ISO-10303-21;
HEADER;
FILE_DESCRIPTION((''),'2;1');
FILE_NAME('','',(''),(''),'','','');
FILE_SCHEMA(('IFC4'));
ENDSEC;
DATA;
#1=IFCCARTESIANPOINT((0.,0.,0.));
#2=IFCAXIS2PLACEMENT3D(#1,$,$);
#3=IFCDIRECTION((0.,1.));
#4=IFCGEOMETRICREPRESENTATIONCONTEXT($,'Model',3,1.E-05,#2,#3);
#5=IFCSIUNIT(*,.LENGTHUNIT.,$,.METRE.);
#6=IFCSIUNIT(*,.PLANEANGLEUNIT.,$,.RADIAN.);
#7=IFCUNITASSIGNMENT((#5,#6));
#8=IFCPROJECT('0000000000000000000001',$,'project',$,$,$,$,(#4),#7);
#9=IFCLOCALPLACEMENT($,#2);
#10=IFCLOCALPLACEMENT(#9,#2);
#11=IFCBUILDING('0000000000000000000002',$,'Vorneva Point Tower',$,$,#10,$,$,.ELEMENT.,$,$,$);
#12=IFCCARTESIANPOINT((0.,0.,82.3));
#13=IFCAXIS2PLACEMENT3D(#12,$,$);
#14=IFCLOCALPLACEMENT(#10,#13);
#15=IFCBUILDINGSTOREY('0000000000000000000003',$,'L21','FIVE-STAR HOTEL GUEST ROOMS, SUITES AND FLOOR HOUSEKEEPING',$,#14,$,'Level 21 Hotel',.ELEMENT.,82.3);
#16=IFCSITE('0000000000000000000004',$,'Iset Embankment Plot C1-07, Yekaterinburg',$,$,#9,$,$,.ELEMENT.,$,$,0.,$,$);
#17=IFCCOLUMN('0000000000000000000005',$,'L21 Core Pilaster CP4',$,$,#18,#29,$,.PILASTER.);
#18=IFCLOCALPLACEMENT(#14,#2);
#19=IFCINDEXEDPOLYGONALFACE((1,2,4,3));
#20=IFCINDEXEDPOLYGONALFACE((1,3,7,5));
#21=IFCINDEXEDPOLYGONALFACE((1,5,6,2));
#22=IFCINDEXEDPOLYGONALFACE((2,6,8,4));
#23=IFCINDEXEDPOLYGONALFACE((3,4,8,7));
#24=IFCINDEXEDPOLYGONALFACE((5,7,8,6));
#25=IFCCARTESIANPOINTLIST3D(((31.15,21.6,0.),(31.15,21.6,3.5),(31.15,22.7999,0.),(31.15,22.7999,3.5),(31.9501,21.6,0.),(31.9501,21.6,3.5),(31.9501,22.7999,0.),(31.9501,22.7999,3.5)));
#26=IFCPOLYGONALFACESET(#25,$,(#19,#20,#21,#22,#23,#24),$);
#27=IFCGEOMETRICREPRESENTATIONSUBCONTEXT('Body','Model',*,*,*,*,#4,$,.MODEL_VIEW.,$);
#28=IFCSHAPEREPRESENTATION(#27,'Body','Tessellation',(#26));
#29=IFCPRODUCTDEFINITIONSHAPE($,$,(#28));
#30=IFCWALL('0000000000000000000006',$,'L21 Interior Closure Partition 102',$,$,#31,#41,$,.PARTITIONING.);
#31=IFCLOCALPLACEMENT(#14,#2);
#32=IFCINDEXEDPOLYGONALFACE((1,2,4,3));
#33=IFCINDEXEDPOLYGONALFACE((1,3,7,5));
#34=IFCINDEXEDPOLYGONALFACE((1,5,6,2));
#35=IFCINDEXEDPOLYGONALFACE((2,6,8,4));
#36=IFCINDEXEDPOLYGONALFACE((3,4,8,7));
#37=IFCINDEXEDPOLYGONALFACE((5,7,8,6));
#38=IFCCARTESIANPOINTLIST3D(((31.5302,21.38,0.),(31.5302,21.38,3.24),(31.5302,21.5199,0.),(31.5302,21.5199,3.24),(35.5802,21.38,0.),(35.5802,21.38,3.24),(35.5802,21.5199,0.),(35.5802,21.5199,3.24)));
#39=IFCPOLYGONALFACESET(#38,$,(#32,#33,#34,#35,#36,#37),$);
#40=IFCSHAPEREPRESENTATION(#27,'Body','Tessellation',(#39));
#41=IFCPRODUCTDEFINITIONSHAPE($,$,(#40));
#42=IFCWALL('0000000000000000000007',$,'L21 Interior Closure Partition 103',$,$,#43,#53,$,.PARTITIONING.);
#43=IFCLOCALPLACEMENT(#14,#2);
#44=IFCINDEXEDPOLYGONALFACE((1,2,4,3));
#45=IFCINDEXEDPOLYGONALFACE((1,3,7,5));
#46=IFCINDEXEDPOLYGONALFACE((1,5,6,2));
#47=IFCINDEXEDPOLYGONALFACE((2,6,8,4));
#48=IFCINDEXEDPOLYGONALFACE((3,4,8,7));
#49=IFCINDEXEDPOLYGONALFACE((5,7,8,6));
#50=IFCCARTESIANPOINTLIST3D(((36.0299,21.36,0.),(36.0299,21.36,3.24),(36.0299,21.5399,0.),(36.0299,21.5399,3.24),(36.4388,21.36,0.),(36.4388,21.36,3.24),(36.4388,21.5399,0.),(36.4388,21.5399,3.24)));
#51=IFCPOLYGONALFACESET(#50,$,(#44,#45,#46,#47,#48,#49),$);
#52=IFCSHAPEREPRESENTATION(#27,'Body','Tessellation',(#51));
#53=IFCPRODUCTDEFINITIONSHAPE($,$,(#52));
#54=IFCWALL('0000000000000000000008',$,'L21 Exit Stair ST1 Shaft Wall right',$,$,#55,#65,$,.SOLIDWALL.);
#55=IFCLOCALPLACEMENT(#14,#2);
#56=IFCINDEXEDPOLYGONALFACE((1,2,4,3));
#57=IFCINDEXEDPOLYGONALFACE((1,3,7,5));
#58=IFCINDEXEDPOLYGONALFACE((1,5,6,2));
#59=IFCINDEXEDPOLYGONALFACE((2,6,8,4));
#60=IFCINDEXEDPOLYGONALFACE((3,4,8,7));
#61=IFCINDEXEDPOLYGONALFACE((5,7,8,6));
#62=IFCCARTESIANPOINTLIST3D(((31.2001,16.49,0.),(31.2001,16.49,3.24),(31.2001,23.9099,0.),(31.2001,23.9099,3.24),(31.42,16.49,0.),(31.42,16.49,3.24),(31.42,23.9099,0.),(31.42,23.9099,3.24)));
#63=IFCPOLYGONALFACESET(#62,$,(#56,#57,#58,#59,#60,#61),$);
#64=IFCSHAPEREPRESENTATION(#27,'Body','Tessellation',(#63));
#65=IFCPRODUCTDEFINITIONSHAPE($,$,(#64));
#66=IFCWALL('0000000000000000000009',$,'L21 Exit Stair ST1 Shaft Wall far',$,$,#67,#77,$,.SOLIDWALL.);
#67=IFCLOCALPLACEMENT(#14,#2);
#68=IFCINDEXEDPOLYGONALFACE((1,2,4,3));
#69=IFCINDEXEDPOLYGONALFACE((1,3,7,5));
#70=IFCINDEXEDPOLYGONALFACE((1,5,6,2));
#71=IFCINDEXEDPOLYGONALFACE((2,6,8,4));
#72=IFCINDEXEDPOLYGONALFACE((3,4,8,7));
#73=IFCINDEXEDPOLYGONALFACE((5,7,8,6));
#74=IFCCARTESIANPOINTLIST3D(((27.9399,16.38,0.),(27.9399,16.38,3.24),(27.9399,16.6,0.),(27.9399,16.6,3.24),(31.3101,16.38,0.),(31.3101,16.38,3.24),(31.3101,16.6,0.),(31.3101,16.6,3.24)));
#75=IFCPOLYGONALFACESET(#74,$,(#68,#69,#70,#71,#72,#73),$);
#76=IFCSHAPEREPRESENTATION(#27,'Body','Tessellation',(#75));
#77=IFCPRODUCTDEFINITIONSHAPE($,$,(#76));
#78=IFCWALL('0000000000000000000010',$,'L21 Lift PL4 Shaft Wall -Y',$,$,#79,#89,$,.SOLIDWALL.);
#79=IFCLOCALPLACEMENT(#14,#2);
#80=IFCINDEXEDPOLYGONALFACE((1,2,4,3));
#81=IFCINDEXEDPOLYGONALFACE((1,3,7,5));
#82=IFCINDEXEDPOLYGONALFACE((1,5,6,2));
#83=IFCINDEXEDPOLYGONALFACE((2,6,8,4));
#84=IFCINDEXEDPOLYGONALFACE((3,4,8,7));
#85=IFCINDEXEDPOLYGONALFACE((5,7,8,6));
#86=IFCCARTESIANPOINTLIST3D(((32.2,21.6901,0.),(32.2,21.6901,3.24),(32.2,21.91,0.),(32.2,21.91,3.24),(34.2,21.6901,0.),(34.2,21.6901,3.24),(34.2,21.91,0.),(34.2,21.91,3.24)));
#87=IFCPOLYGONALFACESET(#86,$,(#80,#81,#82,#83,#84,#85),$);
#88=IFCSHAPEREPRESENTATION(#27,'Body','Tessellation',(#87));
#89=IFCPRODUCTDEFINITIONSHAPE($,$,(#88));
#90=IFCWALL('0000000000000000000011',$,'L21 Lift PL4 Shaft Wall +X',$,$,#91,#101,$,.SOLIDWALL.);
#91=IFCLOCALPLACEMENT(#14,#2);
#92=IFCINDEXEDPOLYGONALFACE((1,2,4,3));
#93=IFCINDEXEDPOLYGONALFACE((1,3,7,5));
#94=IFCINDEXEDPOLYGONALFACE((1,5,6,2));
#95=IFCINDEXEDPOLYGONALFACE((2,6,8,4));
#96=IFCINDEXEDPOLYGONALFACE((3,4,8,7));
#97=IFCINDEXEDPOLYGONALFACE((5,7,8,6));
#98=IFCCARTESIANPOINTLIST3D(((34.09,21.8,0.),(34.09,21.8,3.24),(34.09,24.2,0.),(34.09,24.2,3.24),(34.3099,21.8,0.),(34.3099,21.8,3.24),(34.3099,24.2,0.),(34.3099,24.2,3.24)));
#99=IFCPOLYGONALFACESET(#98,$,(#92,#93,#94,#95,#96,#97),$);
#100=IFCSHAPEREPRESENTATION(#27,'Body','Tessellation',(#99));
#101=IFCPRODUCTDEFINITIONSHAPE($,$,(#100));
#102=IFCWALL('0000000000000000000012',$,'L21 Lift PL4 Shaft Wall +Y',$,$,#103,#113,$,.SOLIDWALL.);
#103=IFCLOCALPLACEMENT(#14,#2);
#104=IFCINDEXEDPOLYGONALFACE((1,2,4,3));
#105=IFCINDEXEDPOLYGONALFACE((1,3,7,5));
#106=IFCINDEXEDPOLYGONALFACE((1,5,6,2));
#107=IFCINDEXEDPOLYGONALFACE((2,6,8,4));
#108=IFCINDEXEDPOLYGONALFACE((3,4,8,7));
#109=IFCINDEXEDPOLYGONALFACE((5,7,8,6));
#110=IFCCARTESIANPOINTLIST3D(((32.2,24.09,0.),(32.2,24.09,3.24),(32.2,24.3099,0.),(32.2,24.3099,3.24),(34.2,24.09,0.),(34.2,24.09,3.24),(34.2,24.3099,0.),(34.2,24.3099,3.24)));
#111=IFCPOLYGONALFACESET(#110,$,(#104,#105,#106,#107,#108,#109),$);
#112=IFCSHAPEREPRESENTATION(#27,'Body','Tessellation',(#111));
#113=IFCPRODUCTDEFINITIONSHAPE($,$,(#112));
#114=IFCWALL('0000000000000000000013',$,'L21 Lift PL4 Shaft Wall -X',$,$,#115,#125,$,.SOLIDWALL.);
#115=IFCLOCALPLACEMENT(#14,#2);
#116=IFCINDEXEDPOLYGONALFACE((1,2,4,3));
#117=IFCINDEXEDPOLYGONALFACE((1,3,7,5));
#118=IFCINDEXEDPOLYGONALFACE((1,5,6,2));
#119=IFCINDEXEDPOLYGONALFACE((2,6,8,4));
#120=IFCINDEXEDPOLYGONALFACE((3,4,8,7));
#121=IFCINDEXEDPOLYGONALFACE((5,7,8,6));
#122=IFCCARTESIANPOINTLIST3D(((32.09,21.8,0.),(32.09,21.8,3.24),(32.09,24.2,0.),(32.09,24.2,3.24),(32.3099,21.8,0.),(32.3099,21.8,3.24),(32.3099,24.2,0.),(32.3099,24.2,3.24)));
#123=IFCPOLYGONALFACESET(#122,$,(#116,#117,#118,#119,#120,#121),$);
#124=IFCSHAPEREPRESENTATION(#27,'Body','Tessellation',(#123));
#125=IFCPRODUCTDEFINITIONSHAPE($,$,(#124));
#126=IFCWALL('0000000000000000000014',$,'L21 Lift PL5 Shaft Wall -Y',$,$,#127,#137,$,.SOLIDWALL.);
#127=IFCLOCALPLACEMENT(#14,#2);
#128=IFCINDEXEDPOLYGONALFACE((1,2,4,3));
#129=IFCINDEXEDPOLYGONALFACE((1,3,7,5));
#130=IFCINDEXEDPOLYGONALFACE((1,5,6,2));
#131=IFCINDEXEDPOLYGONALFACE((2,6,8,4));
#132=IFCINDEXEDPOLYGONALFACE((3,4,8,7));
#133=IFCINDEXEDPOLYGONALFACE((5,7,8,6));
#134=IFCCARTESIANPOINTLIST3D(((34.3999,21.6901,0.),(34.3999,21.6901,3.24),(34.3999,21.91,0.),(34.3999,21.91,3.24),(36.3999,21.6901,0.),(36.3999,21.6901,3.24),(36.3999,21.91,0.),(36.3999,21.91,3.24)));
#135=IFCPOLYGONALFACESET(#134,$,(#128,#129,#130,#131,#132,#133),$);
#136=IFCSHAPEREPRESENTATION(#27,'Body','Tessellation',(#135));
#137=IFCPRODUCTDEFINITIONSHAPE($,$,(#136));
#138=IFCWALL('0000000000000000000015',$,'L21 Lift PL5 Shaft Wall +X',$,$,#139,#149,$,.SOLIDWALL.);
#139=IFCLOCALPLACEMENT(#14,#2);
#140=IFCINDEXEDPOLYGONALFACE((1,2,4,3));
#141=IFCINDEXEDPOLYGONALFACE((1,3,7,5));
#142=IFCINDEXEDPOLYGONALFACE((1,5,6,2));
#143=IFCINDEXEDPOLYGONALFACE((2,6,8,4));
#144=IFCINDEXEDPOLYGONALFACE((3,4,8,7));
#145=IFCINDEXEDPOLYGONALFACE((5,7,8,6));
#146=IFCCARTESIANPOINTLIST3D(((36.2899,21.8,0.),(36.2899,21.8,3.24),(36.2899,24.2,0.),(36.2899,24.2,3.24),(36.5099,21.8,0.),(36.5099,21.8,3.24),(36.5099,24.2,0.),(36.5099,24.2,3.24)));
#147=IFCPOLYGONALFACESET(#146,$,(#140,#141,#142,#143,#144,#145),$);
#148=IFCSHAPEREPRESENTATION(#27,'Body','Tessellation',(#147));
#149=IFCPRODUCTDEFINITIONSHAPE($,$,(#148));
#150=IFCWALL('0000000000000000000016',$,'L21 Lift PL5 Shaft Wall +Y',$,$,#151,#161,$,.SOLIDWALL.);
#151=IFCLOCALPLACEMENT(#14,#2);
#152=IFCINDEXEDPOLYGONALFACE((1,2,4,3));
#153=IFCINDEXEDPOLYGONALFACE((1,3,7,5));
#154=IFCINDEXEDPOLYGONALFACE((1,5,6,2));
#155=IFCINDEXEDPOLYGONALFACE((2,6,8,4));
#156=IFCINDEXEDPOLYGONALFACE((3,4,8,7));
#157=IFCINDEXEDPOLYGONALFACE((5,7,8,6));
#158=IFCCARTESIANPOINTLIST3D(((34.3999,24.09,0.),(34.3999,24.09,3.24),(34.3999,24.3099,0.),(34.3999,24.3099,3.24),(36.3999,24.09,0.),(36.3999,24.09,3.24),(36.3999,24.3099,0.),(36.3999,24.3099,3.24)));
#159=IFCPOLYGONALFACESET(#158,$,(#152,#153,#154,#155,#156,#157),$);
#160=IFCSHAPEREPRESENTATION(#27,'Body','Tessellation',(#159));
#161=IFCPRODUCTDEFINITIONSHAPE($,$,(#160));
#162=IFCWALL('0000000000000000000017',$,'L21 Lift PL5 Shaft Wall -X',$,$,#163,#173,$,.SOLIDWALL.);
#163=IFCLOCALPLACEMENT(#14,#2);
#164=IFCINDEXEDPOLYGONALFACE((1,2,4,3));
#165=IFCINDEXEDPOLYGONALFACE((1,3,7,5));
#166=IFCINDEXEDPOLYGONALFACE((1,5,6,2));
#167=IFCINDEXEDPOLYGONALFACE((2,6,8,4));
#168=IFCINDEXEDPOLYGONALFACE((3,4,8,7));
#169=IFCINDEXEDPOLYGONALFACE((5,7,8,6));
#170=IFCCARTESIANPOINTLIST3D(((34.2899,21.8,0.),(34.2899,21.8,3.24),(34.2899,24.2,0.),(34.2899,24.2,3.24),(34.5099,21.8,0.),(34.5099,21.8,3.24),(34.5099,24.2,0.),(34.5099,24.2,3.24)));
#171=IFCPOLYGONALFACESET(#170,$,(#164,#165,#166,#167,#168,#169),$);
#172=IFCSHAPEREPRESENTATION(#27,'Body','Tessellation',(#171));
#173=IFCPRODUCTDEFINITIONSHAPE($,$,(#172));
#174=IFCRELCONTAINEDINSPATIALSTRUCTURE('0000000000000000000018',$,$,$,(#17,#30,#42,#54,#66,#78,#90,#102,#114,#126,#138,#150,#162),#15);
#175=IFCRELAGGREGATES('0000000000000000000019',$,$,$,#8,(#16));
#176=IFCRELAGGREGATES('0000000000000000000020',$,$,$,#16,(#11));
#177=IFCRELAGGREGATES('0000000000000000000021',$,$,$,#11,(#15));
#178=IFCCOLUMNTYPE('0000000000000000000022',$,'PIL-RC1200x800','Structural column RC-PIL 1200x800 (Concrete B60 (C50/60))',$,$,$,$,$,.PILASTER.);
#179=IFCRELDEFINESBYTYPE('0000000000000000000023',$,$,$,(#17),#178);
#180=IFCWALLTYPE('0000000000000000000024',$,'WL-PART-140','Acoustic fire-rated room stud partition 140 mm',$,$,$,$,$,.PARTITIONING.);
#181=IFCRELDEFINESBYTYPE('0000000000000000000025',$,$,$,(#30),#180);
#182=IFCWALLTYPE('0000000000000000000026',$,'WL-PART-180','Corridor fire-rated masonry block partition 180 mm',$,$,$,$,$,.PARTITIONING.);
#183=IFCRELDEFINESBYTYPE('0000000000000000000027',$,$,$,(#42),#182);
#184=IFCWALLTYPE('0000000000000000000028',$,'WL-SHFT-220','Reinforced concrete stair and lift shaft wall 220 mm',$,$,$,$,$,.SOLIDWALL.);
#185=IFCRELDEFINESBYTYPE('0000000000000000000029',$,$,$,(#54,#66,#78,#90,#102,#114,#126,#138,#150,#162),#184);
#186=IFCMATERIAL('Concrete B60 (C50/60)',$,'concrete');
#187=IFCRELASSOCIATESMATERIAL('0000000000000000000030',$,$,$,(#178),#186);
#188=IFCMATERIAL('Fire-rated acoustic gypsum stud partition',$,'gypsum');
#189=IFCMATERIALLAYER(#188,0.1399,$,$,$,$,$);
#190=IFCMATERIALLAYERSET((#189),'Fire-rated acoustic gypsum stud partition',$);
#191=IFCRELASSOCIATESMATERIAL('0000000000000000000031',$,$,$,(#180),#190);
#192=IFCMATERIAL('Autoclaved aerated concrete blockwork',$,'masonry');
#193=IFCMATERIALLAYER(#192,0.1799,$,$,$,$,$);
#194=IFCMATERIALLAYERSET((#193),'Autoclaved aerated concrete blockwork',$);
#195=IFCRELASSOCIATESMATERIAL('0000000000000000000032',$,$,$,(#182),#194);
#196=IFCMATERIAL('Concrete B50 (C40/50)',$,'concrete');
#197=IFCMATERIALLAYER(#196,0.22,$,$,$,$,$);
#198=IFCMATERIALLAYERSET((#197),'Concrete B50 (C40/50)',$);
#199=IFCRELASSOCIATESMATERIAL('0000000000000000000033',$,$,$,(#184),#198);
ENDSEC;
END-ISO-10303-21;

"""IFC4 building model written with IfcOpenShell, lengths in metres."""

from ifc_helpers import new_model, si_unit, direction, frame, frame_2d, origin, origin_2d, place, context, subcontext, project, spatial, rectangle, extrude, material, layer, layer_set, material_profile, profile_set, type_object, element, save


model = new_model("IFC4")

# Units and contexts
model_context = context("Model", 3, precision=1e-05, world=origin(), true_north=direction((0.0, 1.0)))
body_context = subcontext(model_context, "Body", "Model", "MODEL_VIEW")
ifc_project = project(units=[si_unit("LENGTHUNIT", "METRE"), si_unit("PLANEANGLEUNIT", "RADIAN")], contexts=[model_context])

# Site, building, storey
site_placement = place(None, origin())
site = spatial("IfcSite", under=ifc_project, at=site_placement, Name="Iset Embankment Plot C1-07, Yekaterinburg", CompositionType="ELEMENT", RefElevation=0.0)
building_placement = place(site_placement, origin())
building = spatial("IfcBuilding", under=site, at=building_placement, Name="Vorneva Point Tower", CompositionType="ELEMENT")
storey_placement = place(building_placement, frame((0.0, 0.0, 82.3)))
storey = spatial("IfcBuildingStorey", under=building, at=storey_placement, Name="L21", Description="FIVE-STAR HOTEL GUEST ROOMS, SUITES AND FLOOR HOUSEKEEPING", LongName="Level 21 Hotel", CompositionType="ELEMENT", Elevation=82.3)

# Column
ifc_material_1 = material(Name="Concrete B60 (C50/60)", Category="concrete")
ifc_material_profile = material_profile(ifc_material_1, rectangle(XDim=0.8, YDim=1.2, at=origin_2d()), Name="RC-PIL 1200x800")
ifc_profile_set = profile_set([ifc_material_profile], Name="Concrete B60 (C50/60)")
column_type = type_object("IfcColumnType", Name="PIL-RC1200x800", Description="Structural column RC-PIL 1200x800 (Concrete B60 (C50/60))", PredefinedType="PILASTER", material=ifc_profile_set)
column_placement = place(storey_placement, frame((31.55, 22.2, 0.0), z_axis=(0.0, 0.0, 1.0), x_axis=(1.0, 0.0, 0.0)))
element("IfcColumn", 1, at=column_placement, inside=storey, type_object=column_type, Name="L21 Core Pilaster CP4", PredefinedType="PILASTER", context=body_context, shape_type="SweptSolid", body=[
    extrude(rectangle(XDim=0.8, YDim=1.2, at=origin_2d()), origin(), (0.0, 0.0, 1.0), 3.5),
])

# Wall
ifc_material_2 = material(Name="Fire-rated acoustic gypsum stud partition", Category="gypsum")
ifc_layer_1 = layer(ifc_material_2, 0.1399)
ifc_layer_set_1 = layer_set([ifc_layer_1], Name="Fire-rated acoustic gypsum stud partition")
wall_type_1 = type_object("IfcWallType", Name="WL-PART-140", Description="Acoustic fire-rated room stud partition 140 mm", PredefinedType="PARTITIONING", material=ifc_layer_set_1)
wall_1_placement = place(storey_placement, frame((35.5801, 21.45, 0.0), z_axis=(0.0, 0.0, 1.0), x_axis=(-1.0, 0.0, 0.0)))
element("IfcWall", 2, at=wall_1_placement, inside=storey, type_object=wall_type_1, Name="L21 Interior Closure Partition 102", PredefinedType="PARTITIONING", context=body_context, shape_type="SweptSolid", body=[
    extrude(rectangle(XDim=4.05, YDim=0.1399, at=frame_2d((2.0249, 0.0))), origin(), (0.0, 0.0, 1.0), 3.24),
])

# Shared definitions
ifc_material_3 = material(Name="Autoclaved aerated concrete blockwork", Category="masonry")
ifc_layer_2 = layer(ifc_material_3, 0.1799)
ifc_layer_set_2 = layer_set([ifc_layer_2], Name="Autoclaved aerated concrete blockwork")
wall_type_2 = type_object("IfcWallType", Name="WL-PART-180", Description="Corridor fire-rated masonry block partition 180 mm", PredefinedType="PARTITIONING", material=ifc_layer_set_2)

# Wall
wall_2_placement = place(storey_placement, frame((36.439, 21.45, 0.0), z_axis=(0.0, 0.0, 1.0), x_axis=(-1.0, 0.0, 0.0)))
element("IfcWall", 3, at=wall_2_placement, inside=storey, type_object=wall_type_2, Name="L21 Interior Closure Partition 103", PredefinedType="PARTITIONING", context=body_context, shape_type="SweptSolid", body=[
    extrude(rectangle(XDim=0.4089, YDim=0.1799, at=frame_2d((0.2046, 0.0))), origin(), (0.0, 0.0, 1.0), 3.24),
])

# Shared definitions
ifc_material_4 = material(Name="Concrete B50 (C40/50)", Category="concrete")
ifc_layer_3 = layer(ifc_material_4, 0.22)
ifc_layer_set_3 = layer_set([ifc_layer_3], Name="Concrete B50 (C40/50)")
wall_type_3 = type_object("IfcWallType", Name="WL-SHFT-220", Description="Reinforced concrete stair and lift shaft wall 220 mm", PredefinedType="SOLIDWALL", material=ifc_layer_set_3)

# Walls
wall_3_placement = place(storey_placement, frame((31.3101, 23.9099, 0.0), z_axis=(0.0, 0.0, 1.0), x_axis=(0.0, -1.0, 0.0)))
element("IfcWall", 4, at=wall_3_placement, inside=storey, type_object=wall_type_3, Name="L21 Exit Stair ST1 Shaft Wall right", PredefinedType="SOLIDWALL", context=body_context, shape_type="SweptSolid", body=[
    extrude(rectangle(XDim=7.4199, YDim=0.22, at=frame_2d((3.71, 0.0))), origin(), (0.0, 0.0, 1.0), 3.24),
])
wall_4_placement = place(storey_placement, frame((31.3101, 16.49, 0.0), z_axis=(0.0, 0.0, 1.0), x_axis=(-1.0, 0.0, 0.0)))
element("IfcWall", 5, at=wall_4_placement, inside=storey, type_object=wall_type_3, Name="L21 Exit Stair ST1 Shaft Wall far", PredefinedType="SOLIDWALL", context=body_context, shape_type="SweptSolid", body=[
    extrude(rectangle(XDim=3.3701, YDim=0.22, at=frame_2d((1.6851, 0.0))), origin(), (0.0, 0.0, 1.0), 3.24),
])
wall_5_placement = place(storey_placement, frame((32.2, 21.8, 0.0), z_axis=(0.0, 0.0, 1.0), x_axis=(1.0, 0.0, 0.0)))
element("IfcWall", 6, at=wall_5_placement, inside=storey, type_object=wall_type_3, Name="L21 Lift PL4 Shaft Wall -Y", PredefinedType="SOLIDWALL", context=body_context, shape_type="SweptSolid", body=[
    extrude(rectangle(XDim=2.0, YDim=0.22, at=frame_2d((1.0, 0.0))), origin(), (0.0, 0.0, 1.0), 3.24),
])
wall_6_placement = place(storey_placement, frame((34.2, 21.8, 0.0), z_axis=(0.0, 0.0, 1.0), x_axis=(0.0, 1.0, 0.0)))
element("IfcWall", 7, at=wall_6_placement, inside=storey, type_object=wall_type_3, Name="L21 Lift PL4 Shaft Wall +X", PredefinedType="SOLIDWALL", context=body_context, shape_type="SweptSolid", body=[
    extrude(rectangle(XDim=2.3999, YDim=0.22, at=frame_2d((1.2, 0.0))), origin(), (0.0, 0.0, 1.0), 3.24),
])
wall_7_placement = place(storey_placement, frame((34.2, 24.2, 0.0), z_axis=(0.0, 0.0, 1.0), x_axis=(-1.0, 0.0, 0.0)))
element("IfcWall", 8, at=wall_7_placement, inside=storey, type_object=wall_type_3, Name="L21 Lift PL4 Shaft Wall +Y", PredefinedType="SOLIDWALL", context=body_context, shape_type="SweptSolid", body=[
    extrude(rectangle(XDim=2.0, YDim=0.22, at=frame_2d((1.0, 0.0))), origin(), (0.0, 0.0, 1.0), 3.24),
])
wall_8_placement = place(storey_placement, frame((32.2, 24.2, 0.0), z_axis=(0.0, 0.0, 1.0), x_axis=(0.0, -1.0, 0.0)))
element("IfcWall", 9, at=wall_8_placement, inside=storey, type_object=wall_type_3, Name="L21 Lift PL4 Shaft Wall -X", PredefinedType="SOLIDWALL", context=body_context, shape_type="SweptSolid", body=[
    extrude(rectangle(XDim=2.3999, YDim=0.22, at=frame_2d((1.2, 0.0))), origin(), (0.0, 0.0, 1.0), 3.24),
])
wall_9_placement = place(storey_placement, frame((34.3999, 21.8, 0.0), z_axis=(0.0, 0.0, 1.0), x_axis=(1.0, 0.0, 0.0)))
element("IfcWall", 10, at=wall_9_placement, inside=storey, type_object=wall_type_3, Name="L21 Lift PL5 Shaft Wall -Y", PredefinedType="SOLIDWALL", context=body_context, shape_type="SweptSolid", body=[
    extrude(rectangle(XDim=2.0, YDim=0.22, at=frame_2d((1.0, 0.0))), origin(), (0.0, 0.0, 1.0), 3.24),
])
wall_10_placement = place(storey_placement, frame((36.3999, 21.8, 0.0), z_axis=(0.0, 0.0, 1.0), x_axis=(0.0, 1.0, 0.0)))
element("IfcWall", 11, at=wall_10_placement, inside=storey, type_object=wall_type_3, Name="L21 Lift PL5 Shaft Wall +X", PredefinedType="SOLIDWALL", context=body_context, shape_type="SweptSolid", body=[
    extrude(rectangle(XDim=2.3999, YDim=0.22, at=frame_2d((1.2, 0.0))), origin(), (0.0, 0.0, 1.0), 3.24),
])
wall_11_placement = place(storey_placement, frame((36.3999, 24.2, 0.0), z_axis=(0.0, 0.0, 1.0), x_axis=(-1.0, 0.0, 0.0)))
element("IfcWall", 12, at=wall_11_placement, inside=storey, type_object=wall_type_3, Name="L21 Lift PL5 Shaft Wall +Y", PredefinedType="SOLIDWALL", context=body_context, shape_type="SweptSolid", body=[
    extrude(rectangle(XDim=2.0, YDim=0.22, at=frame_2d((1.0, 0.0))), origin(), (0.0, 0.0, 1.0), 3.24),
])
wall_12_placement = place(storey_placement, frame((34.3999, 24.2, 0.0), z_axis=(0.0, 0.0, 1.0), x_axis=(0.0, -1.0, 0.0)))
element("IfcWall", 13, at=wall_12_placement, inside=storey, type_object=wall_type_3, Name="L21 Lift PL5 Shaft Wall -X", PredefinedType="SOLIDWALL", context=body_context, shape_type="SweptSolid", body=[
    extrude(rectangle(XDim=2.3999, YDim=0.22, at=frame_2d((1.2, 0.0))), origin(), (0.0, 0.0, 1.0), 3.24),
])

save(model, "model.ifc")
